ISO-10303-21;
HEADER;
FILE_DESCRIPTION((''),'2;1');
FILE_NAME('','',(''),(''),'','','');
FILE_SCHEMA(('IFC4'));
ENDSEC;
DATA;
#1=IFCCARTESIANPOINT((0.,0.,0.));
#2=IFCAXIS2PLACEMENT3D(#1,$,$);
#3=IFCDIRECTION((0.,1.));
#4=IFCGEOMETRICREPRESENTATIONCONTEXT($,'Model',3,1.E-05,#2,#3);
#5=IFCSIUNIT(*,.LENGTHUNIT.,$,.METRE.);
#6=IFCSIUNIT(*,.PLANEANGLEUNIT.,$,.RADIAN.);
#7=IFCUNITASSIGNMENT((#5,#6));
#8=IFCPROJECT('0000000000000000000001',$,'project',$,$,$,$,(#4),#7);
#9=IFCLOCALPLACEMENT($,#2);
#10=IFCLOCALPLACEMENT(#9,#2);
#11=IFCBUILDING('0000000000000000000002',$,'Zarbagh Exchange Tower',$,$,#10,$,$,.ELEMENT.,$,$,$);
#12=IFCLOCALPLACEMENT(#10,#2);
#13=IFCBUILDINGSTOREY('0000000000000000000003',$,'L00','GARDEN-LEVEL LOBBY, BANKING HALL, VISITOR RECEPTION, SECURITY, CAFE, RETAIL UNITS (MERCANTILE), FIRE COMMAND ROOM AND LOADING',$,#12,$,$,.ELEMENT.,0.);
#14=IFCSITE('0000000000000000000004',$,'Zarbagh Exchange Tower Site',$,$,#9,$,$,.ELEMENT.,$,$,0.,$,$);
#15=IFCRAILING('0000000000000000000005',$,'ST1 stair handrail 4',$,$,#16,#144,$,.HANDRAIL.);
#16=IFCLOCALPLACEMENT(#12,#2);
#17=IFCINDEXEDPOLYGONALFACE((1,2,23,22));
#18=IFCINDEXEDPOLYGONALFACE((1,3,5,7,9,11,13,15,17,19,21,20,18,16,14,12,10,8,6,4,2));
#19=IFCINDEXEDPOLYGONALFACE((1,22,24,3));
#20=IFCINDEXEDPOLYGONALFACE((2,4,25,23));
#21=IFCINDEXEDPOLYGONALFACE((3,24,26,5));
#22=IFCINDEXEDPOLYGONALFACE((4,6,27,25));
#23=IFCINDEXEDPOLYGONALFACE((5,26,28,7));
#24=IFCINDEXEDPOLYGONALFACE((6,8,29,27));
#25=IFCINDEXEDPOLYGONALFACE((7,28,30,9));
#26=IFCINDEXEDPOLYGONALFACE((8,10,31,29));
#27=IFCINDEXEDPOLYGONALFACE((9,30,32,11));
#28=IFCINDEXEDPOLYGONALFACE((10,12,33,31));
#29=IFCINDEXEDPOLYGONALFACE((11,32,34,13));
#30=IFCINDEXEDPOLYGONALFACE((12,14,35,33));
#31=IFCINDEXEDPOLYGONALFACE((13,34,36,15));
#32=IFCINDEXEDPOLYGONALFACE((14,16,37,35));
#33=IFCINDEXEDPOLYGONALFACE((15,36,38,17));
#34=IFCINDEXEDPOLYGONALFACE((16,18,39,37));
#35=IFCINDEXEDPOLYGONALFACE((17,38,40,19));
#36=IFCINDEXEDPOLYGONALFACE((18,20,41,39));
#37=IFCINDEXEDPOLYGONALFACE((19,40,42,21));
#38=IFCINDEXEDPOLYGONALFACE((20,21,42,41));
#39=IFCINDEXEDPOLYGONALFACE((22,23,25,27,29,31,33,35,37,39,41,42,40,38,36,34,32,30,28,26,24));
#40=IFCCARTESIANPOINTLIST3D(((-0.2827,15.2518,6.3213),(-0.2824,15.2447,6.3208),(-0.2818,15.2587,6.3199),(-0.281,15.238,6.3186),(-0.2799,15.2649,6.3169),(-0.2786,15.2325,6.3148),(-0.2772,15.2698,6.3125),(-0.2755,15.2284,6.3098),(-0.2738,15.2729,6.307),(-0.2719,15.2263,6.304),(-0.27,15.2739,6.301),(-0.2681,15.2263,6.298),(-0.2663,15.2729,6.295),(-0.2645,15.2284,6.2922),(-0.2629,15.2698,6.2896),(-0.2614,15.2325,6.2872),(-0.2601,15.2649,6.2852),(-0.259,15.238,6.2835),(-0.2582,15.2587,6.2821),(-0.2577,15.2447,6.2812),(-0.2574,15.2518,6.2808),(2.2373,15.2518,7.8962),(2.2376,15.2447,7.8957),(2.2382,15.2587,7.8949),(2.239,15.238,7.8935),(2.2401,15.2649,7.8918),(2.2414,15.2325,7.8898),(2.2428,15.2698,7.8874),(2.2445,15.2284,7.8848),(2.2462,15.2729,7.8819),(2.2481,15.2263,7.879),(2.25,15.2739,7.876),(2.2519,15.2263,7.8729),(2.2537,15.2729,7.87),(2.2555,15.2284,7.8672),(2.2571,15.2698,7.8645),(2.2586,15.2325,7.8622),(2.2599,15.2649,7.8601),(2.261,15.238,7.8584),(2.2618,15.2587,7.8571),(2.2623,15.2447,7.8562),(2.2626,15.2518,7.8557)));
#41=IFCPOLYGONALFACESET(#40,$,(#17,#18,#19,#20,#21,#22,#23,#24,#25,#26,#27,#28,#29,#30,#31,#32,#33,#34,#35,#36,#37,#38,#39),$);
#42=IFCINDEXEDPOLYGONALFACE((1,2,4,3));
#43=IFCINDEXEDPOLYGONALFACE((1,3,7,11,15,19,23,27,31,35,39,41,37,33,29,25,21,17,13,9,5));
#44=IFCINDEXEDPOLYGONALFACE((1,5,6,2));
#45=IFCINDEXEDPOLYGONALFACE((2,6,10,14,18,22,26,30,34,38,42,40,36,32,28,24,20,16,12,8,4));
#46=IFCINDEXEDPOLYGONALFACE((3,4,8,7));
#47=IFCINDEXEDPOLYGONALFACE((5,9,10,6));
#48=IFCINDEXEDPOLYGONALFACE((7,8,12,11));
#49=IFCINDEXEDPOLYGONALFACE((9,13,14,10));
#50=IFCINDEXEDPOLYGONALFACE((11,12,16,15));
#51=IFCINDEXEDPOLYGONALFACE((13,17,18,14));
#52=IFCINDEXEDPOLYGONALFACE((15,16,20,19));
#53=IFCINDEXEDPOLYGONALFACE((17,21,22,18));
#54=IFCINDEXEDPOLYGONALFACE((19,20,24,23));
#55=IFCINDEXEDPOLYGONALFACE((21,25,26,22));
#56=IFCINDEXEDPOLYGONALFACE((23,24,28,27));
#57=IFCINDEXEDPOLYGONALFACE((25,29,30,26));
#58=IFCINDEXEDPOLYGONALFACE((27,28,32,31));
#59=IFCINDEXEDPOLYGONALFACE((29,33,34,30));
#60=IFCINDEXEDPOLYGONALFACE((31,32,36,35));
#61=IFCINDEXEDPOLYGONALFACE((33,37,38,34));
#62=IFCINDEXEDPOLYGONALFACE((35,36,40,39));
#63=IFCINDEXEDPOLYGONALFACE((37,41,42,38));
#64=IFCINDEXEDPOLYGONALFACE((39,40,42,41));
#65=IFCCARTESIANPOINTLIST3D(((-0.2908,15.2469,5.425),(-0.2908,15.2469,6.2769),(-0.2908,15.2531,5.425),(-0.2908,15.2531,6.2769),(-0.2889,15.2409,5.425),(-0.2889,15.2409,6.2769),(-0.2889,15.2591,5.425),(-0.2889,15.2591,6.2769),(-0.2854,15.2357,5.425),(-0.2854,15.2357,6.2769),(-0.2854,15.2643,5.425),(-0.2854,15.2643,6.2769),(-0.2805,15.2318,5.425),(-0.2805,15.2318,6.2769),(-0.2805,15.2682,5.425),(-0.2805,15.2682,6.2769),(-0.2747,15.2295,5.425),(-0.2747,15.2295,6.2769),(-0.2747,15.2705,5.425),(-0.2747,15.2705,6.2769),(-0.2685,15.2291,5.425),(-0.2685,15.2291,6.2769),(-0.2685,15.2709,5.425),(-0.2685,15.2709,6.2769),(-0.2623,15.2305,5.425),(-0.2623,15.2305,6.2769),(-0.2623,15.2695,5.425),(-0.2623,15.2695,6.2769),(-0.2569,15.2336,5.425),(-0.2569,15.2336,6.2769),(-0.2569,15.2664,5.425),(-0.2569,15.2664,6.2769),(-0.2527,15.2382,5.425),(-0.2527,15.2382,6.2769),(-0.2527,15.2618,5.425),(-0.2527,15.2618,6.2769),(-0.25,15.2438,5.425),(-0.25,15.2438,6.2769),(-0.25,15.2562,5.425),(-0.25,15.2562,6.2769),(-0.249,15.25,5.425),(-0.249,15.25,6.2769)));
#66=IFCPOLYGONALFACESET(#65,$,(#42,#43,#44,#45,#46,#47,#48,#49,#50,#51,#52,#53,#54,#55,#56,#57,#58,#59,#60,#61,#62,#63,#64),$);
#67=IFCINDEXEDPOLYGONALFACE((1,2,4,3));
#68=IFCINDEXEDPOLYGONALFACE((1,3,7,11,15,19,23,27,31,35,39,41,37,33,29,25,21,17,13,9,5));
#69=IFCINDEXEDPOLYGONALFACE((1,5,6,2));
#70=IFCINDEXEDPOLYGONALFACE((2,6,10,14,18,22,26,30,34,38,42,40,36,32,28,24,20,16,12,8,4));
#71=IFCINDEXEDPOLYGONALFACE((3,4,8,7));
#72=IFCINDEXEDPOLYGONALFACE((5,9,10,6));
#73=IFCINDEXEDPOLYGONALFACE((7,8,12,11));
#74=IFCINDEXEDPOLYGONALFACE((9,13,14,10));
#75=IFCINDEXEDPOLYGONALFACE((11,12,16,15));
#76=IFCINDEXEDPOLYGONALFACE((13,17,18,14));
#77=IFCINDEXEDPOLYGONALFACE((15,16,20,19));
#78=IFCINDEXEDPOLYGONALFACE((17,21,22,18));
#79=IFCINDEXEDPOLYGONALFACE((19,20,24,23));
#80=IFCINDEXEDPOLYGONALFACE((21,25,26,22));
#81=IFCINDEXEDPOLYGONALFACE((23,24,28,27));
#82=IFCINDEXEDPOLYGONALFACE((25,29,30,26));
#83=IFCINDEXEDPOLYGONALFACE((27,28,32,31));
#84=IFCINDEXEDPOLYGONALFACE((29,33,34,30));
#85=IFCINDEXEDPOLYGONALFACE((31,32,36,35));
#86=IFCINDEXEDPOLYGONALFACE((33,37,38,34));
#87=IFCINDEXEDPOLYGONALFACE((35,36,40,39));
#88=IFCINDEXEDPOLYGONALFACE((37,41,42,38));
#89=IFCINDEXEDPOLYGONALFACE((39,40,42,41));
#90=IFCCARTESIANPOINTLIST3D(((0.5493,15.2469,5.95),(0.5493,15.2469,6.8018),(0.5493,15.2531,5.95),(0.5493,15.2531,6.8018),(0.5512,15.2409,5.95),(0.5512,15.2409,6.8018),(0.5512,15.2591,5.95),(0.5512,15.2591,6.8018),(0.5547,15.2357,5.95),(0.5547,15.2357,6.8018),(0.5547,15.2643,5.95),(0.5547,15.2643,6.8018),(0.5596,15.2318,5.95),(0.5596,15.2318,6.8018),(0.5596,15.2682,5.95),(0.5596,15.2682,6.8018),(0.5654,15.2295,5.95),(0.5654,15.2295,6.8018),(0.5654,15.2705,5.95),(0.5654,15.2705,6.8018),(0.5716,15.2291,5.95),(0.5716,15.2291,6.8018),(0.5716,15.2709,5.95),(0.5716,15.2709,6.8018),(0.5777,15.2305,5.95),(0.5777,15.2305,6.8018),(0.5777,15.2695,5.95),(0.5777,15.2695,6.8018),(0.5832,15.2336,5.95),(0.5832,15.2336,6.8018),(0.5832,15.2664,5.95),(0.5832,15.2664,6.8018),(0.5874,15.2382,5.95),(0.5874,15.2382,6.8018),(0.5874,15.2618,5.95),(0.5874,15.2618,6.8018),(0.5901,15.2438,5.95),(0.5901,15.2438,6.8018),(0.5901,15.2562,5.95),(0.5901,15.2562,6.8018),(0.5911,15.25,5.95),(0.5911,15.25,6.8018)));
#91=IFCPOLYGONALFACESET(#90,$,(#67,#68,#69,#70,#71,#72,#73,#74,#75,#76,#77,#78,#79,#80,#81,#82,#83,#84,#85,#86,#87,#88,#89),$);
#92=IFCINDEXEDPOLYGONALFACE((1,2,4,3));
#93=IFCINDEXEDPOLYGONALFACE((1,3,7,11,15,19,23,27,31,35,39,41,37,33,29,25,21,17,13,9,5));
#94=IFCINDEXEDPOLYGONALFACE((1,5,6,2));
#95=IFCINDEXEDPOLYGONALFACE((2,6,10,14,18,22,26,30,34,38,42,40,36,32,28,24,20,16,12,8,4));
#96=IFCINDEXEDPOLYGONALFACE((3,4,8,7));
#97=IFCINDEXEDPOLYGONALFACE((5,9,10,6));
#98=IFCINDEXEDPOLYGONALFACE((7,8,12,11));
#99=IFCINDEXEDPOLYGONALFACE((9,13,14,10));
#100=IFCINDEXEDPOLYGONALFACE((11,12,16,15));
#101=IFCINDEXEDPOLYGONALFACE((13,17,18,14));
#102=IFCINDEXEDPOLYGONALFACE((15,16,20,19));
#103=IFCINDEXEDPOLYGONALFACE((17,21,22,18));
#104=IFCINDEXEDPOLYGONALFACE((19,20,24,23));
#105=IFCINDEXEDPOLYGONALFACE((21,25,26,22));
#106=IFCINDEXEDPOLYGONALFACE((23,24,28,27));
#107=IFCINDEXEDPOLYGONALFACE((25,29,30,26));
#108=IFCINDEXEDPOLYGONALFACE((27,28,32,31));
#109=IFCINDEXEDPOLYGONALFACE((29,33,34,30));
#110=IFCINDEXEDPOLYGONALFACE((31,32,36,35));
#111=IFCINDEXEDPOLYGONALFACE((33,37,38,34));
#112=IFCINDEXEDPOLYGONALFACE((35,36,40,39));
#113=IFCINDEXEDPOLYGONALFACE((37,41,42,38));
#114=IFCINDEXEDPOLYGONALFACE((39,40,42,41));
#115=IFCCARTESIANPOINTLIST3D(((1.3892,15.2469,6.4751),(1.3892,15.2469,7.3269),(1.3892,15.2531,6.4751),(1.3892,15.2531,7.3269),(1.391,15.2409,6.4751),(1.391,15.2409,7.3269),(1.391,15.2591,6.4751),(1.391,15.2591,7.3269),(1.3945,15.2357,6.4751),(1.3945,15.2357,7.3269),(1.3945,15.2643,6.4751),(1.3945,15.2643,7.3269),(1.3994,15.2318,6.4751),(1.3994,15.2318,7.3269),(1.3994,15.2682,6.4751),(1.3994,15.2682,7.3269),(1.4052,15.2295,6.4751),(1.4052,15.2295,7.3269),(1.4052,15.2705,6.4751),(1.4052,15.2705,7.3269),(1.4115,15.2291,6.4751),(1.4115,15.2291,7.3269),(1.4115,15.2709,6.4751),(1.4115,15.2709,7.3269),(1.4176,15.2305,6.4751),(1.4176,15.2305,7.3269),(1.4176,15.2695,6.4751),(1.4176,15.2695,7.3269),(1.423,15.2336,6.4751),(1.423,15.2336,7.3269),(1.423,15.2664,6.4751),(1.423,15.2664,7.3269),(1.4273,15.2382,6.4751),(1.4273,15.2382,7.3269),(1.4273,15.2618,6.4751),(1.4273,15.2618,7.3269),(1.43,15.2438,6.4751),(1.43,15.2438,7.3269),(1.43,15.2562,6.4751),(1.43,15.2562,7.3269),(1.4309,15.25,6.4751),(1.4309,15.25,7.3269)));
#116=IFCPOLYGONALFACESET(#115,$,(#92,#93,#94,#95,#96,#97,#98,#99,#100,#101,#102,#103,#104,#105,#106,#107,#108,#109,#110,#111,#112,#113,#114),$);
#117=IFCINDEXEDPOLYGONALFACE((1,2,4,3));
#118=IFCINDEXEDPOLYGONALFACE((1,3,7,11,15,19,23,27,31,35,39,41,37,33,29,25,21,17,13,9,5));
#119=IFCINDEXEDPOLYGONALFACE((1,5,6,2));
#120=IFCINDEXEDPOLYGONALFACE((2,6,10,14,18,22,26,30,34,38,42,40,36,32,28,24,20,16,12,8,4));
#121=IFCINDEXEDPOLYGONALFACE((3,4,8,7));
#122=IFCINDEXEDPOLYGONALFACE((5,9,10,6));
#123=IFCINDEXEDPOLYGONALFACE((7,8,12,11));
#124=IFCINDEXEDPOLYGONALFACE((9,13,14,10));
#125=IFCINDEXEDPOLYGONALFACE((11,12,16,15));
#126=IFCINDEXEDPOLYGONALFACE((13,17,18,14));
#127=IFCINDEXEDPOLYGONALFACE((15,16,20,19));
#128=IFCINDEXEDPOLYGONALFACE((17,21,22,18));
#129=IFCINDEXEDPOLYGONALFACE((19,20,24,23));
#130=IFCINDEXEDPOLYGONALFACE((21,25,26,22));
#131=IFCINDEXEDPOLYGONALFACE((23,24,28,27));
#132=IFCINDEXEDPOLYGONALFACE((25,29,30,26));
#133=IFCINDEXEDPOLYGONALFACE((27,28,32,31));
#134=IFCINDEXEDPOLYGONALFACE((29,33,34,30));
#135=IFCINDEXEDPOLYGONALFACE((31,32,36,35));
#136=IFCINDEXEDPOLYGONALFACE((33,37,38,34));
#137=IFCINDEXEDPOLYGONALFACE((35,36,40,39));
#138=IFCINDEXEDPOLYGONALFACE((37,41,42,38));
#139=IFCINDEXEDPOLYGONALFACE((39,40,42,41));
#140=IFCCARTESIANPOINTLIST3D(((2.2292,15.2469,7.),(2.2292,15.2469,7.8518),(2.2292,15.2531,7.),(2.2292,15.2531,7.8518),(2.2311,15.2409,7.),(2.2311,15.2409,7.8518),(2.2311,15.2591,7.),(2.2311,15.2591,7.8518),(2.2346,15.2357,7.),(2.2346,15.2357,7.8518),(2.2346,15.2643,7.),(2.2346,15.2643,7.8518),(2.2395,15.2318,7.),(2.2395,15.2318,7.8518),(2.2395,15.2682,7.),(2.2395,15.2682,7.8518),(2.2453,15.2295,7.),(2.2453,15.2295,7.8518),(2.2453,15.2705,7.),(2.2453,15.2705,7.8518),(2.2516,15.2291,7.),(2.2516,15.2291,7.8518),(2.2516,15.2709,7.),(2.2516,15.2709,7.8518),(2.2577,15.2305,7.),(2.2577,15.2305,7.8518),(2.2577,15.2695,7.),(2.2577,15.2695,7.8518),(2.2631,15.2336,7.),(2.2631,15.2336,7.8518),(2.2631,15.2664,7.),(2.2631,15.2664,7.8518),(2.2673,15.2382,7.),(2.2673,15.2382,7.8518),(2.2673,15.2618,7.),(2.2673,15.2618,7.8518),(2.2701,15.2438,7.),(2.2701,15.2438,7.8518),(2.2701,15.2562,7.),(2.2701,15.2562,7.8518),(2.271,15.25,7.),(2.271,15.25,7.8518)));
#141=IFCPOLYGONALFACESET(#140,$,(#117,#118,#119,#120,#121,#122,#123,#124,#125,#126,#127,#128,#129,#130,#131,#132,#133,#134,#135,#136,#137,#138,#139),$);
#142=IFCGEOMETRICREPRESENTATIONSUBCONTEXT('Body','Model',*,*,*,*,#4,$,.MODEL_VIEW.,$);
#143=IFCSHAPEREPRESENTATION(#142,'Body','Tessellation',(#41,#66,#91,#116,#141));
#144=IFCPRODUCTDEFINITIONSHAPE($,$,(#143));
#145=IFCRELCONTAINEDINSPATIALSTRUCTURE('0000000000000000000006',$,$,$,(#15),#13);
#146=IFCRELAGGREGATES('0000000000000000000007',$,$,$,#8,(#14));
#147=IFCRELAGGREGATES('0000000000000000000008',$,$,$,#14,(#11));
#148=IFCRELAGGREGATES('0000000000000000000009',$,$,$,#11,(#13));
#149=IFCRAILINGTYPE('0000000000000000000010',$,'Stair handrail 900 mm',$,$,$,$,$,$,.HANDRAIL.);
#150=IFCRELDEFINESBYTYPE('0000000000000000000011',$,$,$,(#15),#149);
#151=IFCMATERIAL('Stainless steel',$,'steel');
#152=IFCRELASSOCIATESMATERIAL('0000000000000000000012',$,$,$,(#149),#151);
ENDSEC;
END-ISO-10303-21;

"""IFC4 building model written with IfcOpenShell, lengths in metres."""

from ifc_helpers import new_model, si_unit, direction, frame, origin, origin_2d, place, context, subcontext, project, spatial, circle, extrude, material, type_object, element, save


model = new_model("IFC4")

# Units and contexts
model_context = context("Model", 3, precision=1e-05, world=origin(), true_north=direction((0.0, 1.0)))
body_context = subcontext(model_context, "Body", "Model", "MODEL_VIEW")
ifc_project = project(units=[si_unit("LENGTHUNIT", "METRE"), si_unit("PLANEANGLEUNIT", "RADIAN")], contexts=[model_context])

# Site, building, storey
site_placement = place(None, origin())
site = spatial("IfcSite", under=ifc_project, at=site_placement, Name="Zarbagh Exchange Tower Site", CompositionType="ELEMENT", RefElevation=0.0)
building_placement = place(site_placement, origin())
building = spatial("IfcBuilding", under=site, at=building_placement, Name="Zarbagh Exchange Tower", CompositionType="ELEMENT")
storey_placement = place(building_placement, origin())
storey = spatial("IfcBuildingStorey", under=building, at=storey_placement, Name="L00", Description="GARDEN-LEVEL LOBBY, BANKING HALL, VISITOR RECEPTION, SECURITY, CAFE, RETAIL UNITS (MERCANTILE), FIRE COMMAND ROOM AND LOADING", CompositionType="ELEMENT", Elevation=0.0)

# Railing
ifc_material_1 = material(Name="Stainless steel", Category="steel")
railing_type_1 = type_object("IfcRailingType", Name="Stair handrail 900 mm", PredefinedType="HANDRAIL", material=ifc_material_1)
for number, where, name in (
    (1, (-0.27, 15.25, 5.425), "ST1 stair handrail 4"),
):
    element("IfcRailing", number, at=place(storey_placement, frame(where)), inside=storey, type_object=railing_type_1, Name=name, PredefinedType="HANDRAIL", context=body_context, shape_type="SweptSolid", body=[
        extrude(circle(Radius=0.0239, at=origin_2d()), frame((0.0, 0.0, 0.876), z_axis=(0.848008, 0.0, 0.529984), x_axis=(0.0, 1.0, 0.0)), (0.0, 0.0, 1.0), 2.9717),
        extrude(circle(Radius=0.021, at=origin_2d()), origin(), (0.0, 0.0, 1.0), 0.8518),
        extrude(circle(Radius=0.021, at=origin_2d()), frame((0.8401, 0.0, 0.5249)), (0.0, 0.0, 1.0), 0.8518),
        extrude(circle(Radius=0.021, at=origin_2d()), frame((1.6799, 0.0, 1.05)), (0.0, 0.0, 1.0), 0.8518),
        extrude(circle(Radius=0.021, at=origin_2d()), frame((2.52, 0.0, 1.575)), (0.0, 0.0, 1.0), 0.8518),
    ])

save(model, "model.ifc")
